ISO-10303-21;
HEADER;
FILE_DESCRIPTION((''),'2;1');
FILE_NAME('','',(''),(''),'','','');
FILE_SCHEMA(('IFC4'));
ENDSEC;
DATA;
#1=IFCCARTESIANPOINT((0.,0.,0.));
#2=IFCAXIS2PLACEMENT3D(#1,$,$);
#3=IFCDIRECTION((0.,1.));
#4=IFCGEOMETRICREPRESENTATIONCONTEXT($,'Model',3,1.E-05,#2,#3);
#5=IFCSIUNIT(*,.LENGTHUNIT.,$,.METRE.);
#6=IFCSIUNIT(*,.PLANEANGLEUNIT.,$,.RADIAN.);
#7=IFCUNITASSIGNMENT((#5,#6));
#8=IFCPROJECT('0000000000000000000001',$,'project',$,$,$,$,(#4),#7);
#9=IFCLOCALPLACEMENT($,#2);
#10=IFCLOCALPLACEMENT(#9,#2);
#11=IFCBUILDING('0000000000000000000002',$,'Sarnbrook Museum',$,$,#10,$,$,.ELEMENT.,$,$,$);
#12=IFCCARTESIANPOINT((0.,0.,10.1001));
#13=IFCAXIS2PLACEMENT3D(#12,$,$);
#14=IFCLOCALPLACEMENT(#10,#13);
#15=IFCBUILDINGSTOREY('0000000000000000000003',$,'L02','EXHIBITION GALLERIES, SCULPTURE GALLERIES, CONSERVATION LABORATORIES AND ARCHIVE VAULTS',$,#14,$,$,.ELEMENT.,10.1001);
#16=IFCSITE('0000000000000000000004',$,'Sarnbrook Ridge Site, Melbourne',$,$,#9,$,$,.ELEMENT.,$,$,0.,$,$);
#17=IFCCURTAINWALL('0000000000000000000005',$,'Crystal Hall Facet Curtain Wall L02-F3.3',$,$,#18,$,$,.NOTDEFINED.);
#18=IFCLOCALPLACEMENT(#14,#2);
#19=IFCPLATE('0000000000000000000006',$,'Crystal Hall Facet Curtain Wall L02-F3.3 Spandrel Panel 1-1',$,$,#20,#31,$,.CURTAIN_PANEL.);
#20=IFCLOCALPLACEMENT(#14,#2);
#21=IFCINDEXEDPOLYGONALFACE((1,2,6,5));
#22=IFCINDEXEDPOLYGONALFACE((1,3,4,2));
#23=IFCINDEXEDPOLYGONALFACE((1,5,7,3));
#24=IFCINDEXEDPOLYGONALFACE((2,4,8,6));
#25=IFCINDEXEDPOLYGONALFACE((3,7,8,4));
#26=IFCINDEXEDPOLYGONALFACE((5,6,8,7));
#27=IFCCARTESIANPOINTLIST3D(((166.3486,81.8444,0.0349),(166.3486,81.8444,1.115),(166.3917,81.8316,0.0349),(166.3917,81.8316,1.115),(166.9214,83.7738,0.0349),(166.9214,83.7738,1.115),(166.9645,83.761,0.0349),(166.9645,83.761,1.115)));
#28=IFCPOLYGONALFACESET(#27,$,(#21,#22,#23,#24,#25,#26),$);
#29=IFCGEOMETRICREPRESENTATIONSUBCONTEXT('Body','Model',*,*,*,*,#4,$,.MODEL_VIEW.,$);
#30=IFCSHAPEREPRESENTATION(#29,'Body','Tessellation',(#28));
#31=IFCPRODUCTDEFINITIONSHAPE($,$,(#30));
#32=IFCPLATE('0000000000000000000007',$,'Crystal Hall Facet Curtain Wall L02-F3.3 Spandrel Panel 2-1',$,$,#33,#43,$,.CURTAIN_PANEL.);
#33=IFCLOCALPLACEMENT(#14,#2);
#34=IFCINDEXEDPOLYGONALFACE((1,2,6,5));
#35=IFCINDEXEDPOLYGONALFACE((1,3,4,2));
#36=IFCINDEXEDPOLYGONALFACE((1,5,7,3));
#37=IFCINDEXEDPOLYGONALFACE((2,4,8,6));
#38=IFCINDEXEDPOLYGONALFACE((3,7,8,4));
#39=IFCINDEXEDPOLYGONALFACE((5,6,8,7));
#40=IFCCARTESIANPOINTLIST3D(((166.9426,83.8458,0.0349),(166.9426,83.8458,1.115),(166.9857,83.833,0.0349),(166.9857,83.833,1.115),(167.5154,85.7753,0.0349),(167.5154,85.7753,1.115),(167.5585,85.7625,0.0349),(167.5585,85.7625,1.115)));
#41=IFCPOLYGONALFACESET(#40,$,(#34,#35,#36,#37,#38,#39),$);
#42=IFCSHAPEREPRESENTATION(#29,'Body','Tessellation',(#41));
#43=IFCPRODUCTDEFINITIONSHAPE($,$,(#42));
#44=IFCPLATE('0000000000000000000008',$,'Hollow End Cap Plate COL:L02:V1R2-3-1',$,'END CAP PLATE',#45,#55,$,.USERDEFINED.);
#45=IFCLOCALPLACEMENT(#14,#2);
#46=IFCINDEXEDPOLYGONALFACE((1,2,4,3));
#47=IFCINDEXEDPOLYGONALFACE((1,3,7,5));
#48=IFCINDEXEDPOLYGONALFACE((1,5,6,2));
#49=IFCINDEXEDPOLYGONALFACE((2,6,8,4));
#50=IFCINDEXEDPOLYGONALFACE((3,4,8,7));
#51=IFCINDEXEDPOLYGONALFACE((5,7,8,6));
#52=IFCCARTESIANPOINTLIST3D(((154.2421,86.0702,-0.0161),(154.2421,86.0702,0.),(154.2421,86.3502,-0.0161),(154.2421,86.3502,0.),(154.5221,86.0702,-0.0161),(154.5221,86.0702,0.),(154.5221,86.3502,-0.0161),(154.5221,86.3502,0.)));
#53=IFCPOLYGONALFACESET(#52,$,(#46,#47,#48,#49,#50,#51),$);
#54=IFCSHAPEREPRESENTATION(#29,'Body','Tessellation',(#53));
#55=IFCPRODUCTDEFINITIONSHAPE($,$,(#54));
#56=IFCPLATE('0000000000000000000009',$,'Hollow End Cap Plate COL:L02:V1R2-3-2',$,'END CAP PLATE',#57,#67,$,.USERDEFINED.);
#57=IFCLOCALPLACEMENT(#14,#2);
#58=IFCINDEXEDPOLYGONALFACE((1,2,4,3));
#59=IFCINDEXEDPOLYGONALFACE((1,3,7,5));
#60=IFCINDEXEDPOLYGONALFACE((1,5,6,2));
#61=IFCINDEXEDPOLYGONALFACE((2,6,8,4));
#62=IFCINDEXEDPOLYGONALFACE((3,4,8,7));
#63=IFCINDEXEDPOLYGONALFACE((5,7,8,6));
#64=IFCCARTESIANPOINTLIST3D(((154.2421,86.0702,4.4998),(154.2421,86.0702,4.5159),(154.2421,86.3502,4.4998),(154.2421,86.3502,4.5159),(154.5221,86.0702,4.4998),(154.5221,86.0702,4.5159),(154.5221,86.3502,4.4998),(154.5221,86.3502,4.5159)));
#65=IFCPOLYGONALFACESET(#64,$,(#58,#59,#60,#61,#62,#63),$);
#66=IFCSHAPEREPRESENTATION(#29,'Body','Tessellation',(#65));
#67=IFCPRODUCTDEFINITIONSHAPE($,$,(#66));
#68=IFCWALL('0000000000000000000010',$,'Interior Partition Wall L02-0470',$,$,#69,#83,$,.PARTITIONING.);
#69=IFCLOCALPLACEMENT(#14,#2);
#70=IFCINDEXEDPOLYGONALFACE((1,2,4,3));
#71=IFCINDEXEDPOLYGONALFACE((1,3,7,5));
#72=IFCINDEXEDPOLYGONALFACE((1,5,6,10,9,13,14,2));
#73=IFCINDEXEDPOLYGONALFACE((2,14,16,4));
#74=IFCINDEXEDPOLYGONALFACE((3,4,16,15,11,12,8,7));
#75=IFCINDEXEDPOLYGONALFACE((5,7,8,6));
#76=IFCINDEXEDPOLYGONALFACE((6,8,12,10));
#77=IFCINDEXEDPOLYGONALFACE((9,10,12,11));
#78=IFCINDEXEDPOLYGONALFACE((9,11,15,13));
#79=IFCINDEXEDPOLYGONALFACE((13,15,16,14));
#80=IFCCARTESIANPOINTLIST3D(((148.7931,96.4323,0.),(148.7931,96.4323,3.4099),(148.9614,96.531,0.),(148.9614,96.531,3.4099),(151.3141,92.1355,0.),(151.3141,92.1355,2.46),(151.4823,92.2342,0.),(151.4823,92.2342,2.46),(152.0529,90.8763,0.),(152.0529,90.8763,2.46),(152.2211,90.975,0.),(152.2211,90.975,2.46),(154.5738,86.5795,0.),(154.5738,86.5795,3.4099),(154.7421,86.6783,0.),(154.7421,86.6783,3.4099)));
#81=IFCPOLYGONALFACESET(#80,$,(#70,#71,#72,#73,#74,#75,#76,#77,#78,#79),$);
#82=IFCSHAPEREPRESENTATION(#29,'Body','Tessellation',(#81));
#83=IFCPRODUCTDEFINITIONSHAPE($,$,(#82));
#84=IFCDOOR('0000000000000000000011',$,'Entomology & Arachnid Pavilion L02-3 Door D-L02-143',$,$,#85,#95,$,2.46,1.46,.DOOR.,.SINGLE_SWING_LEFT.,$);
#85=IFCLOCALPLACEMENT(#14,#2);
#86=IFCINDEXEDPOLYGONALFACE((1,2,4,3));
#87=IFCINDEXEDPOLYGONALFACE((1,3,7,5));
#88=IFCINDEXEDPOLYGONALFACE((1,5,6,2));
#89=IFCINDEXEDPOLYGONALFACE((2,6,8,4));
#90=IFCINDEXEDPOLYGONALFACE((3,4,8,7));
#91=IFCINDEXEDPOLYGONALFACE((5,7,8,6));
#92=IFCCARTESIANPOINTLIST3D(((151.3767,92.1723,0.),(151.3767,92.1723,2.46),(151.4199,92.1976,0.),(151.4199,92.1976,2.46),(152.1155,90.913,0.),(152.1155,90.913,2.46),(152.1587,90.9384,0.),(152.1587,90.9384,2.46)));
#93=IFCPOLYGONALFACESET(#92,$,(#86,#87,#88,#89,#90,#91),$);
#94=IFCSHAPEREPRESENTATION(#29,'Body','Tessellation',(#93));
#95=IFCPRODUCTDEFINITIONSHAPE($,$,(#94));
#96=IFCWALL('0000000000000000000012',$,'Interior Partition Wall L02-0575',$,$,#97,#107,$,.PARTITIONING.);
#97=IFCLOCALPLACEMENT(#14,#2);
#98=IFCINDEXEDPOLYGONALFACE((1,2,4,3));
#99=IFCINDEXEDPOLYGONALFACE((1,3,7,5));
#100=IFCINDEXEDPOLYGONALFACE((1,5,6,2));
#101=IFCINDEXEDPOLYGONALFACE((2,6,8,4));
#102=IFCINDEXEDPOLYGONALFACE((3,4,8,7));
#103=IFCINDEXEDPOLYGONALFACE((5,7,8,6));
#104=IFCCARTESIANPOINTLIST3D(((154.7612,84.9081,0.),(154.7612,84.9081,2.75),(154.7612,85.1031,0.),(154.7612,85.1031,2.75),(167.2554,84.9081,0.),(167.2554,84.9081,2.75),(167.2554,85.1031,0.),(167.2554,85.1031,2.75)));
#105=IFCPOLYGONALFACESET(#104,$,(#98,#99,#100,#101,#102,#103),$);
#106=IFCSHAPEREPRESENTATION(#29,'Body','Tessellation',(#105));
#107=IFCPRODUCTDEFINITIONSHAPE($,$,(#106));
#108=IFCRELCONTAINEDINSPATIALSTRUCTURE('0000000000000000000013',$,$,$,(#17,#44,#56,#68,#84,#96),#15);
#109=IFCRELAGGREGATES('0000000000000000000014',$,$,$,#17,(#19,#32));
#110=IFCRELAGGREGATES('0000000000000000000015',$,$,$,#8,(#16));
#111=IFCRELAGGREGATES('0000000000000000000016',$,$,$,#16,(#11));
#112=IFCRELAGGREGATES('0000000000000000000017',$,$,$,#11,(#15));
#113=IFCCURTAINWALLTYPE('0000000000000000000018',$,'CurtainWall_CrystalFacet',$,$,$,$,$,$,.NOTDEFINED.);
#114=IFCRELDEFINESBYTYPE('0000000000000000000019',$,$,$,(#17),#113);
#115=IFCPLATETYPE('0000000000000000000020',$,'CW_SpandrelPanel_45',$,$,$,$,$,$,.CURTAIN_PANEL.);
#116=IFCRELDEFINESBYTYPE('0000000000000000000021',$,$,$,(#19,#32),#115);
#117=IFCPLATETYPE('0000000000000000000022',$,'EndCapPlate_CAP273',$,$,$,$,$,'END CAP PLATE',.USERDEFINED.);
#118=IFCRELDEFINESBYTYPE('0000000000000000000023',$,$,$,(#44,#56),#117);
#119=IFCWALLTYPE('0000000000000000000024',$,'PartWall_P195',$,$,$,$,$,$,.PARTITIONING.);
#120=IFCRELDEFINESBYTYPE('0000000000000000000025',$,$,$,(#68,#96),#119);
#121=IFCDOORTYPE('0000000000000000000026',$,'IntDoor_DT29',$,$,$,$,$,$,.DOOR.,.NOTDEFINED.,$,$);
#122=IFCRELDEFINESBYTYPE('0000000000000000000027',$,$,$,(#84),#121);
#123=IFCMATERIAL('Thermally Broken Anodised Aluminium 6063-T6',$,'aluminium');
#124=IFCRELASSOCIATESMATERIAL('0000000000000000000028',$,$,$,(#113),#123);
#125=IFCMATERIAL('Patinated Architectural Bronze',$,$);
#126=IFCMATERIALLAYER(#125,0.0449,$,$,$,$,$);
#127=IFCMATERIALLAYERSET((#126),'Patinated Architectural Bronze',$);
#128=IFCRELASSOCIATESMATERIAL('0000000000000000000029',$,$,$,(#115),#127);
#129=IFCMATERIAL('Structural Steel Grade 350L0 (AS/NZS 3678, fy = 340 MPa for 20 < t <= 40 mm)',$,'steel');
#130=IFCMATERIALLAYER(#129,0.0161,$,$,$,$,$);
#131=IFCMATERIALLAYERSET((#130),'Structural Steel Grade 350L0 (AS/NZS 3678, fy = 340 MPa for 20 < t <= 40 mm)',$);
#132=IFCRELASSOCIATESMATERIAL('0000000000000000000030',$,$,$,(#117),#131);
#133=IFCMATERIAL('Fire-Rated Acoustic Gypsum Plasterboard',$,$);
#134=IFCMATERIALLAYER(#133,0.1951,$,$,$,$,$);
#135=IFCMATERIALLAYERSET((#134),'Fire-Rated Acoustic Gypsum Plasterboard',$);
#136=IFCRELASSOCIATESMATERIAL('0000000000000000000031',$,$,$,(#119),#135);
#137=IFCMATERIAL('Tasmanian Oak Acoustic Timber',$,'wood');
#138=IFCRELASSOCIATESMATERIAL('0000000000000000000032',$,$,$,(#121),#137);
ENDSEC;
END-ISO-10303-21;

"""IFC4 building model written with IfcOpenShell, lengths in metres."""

from ifc_helpers import new_model, si_unit, direction, frame, frame_2d, origin, origin_2d, place, context, subcontext, project, spatial, rectangle, extrude, material, layer, layer_set, type_object, element, fill, aggregate, save


model = new_model("IFC4")

# Units and contexts
model_context = context("Model", 3, precision=1e-05, world=origin(), true_north=direction((0.0, 1.0)))
body_context = subcontext(model_context, "Body", "Model", "MODEL_VIEW")
ifc_project = project(units=[si_unit("LENGTHUNIT", "METRE"), si_unit("PLANEANGLEUNIT", "RADIAN")], contexts=[model_context])

# Site, building, storey
site_placement = place(None, origin())
site = spatial("IfcSite", under=ifc_project, at=site_placement, Name="Sarnbrook Ridge Site, Melbourne", CompositionType="ELEMENT", RefElevation=0.0)
building_placement = place(site_placement, origin())
building = spatial("IfcBuilding", under=site, at=building_placement, Name="Sarnbrook Museum", CompositionType="ELEMENT")
storey_placement = place(building_placement, frame((0.0, 0.0, 10.1001)))
storey = spatial("IfcBuildingStorey", under=building, at=storey_placement, Name="L02", Description="EXHIBITION GALLERIES, SCULPTURE GALLERIES, CONSERVATION LABORATORIES AND ARCHIVE VAULTS", CompositionType="ELEMENT", Elevation=10.1001)

# Shared definitions
ifc_material_1 = material(Name="Structural Steel Grade 350L0 (AS/NZS 3678, fy = 340 MPa for 20 < t <= 40 mm)", Category="steel")

# Curtain wall
ifc_material_2 = material(Name="Thermally Broken Anodised Aluminium 6063-T6", Category="aluminium")
curtain_wall_type = type_object("IfcCurtainWallType", Name="CurtainWall_CrystalFacet", PredefinedType="NOTDEFINED", material=ifc_material_2)
curtain_wall_1_placement = place(storey_placement, origin())
curtain_wall_1 = element("IfcCurtainWall", 1, at=curtain_wall_1_placement, inside=storey, type_object=curtain_wall_type, Name="Crystal Hall Facet Curtain Wall L02-F3.3", PredefinedType="NOTDEFINED")

# Plates
ifc_material_3 = material(Name="Patinated Architectural Bronze")
ifc_layer_1 = layer(ifc_material_3, 0.0449)
ifc_layer_set_1 = layer_set([ifc_layer_1], Name="Patinated Architectural Bronze")
plate_type_1 = type_object("IfcPlateType", Name="CW_SpandrelPanel_45", PredefinedType="CURTAIN_PANEL", material=ifc_layer_set_1)
plate_1_placement = place(storey_placement, frame((166.635, 82.8091, 0.575), z_axis=(0.958646, -0.284601, 0.0), x_axis=(0.284601, 0.958646, 0.0)))
plate_1 = element("IfcPlate", 2, at=plate_1_placement, type_object=plate_type_1, Name="Crystal Hall Facet Curtain Wall L02-F3.3 Spandrel Panel 1-1", PredefinedType="CURTAIN_PANEL", context=body_context, shape_type="SweptSolid", body=[
    extrude(rectangle(XDim=2.0127, YDim=1.0801, at=origin_2d()), origin(), (0.0, 0.0, 1.0), 0.0449),
])
plate_2_placement = place(storey_placement, frame((167.229, 84.8105, 0.575), z_axis=(0.958646, -0.284601, 0.0), x_axis=(0.284601, 0.958646, 0.0)))
plate_2 = element("IfcPlate", 3, at=plate_2_placement, type_object=plate_type_1, Name="Crystal Hall Facet Curtain Wall L02-F3.3 Spandrel Panel 2-1", PredefinedType="CURTAIN_PANEL", context=body_context, shape_type="SweptSolid", body=[
    extrude(rectangle(XDim=2.0127, YDim=1.0801, at=origin_2d()), origin(), (0.0, 0.0, 1.0), 0.0449),
])
aggregate(curtain_wall_1, [plate_1, plate_2])

# Plates
ifc_layer_2 = layer(ifc_material_1, 0.0161)
ifc_layer_set_2 = layer_set([ifc_layer_2], Name="Structural Steel Grade 350L0 (AS/NZS 3678, fy = 340 MPa for 20 < t <= 40 mm)")
plate_type_2 = type_object("IfcPlateType", Name="EndCapPlate_CAP273", ElementType="END CAP PLATE", PredefinedType="USERDEFINED", material=ifc_layer_set_2)
for number, where, z_axis, x_axis, name in (
    (4, (154.3821, 86.2102, -0.0161), (0.0, 0.0, 1.0), (1.0, 0.0, 0.0), "Hollow End Cap Plate COL:L02:V1R2-3-1"),
    (5, (154.3821, 86.2102, 4.4998), (0.0, 0.0, 1.0), (1.0, 0.0, 0.0), "Hollow End Cap Plate COL:L02:V1R2-3-2"),
):
    element("IfcPlate", number, at=place(storey_placement, frame(where, z_axis=z_axis, x_axis=x_axis)), inside=storey, type_object=plate_type_2, Name=name, ObjectType="END CAP PLATE", PredefinedType="USERDEFINED", context=body_context, shape_type="SweptSolid", body=[
        extrude(rectangle(XDim=0.28, YDim=0.28, at=origin_2d()), origin(), (0.0, 0.0, 1.0), 0.0161),
    ])

# Wall, opening, door
ifc_material_4 = material(Name="Fire-Rated Acoustic Gypsum Plasterboard")
ifc_layer_3 = layer(ifc_material_4, 0.1951)
ifc_layer_set_3 = layer_set([ifc_layer_3], Name="Fire-Rated Acoustic Gypsum Plasterboard")
wall_type = type_object("IfcWallType", Name="PartWall_P195", PredefinedType="PARTITIONING", material=ifc_layer_set_3)
wall_1_placement = place(storey_placement, frame((154.658, 86.6289, 0.0), z_axis=(0.0, 0.0, 1.0), x_axis=(-0.506045, 0.862507, 0.0)))
wall_1 = element("IfcWall", 6, at=wall_1_placement, inside=storey, type_object=wall_type, Name="Interior Partition Wall L02-0470", PredefinedType="PARTITIONING", context=body_context, shape_type="SweptSolid", body=[
    extrude(rectangle(XDim=11.4233, YDim=0.1951, at=frame_2d((5.7117, 0.0))), origin(), (0.0, 0.0, 1.0), 3.4099),
])
opening_placement = place(wall_1_placement, frame((4.9817, 0.0, 0.0)))
opening = element("IfcOpeningElement", 7, at=opening_placement, cuts=wall_1, PredefinedType="OPENING", context=body_context, shape_type="SweptSolid", body=[
    extrude(rectangle(XDim=1.46, YDim=2.46, at=frame_2d((0.73, 1.23))), frame((0.0, 0.1074, 0.0), z_axis=(0.0, -1.0, 0.0), x_axis=(1.0, 0.0, 0.0)), (0.0, 0.0, 1.0), 0.2151),
])
ifc_material_5 = material(Name="Tasmanian Oak Acoustic Timber", Category="wood")
door_type = type_object("IfcDoorType", Name="IntDoor_DT29", OperationType="NOTDEFINED", PredefinedType="DOOR", material=ifc_material_5)
door_placement = place(opening_placement, origin())
door = element("IfcDoor", 8, at=door_placement, inside=storey, type_object=door_type, Name="Entomology & Arachnid Pavilion L02-3 Door D-L02-143", OperationType="SINGLE_SWING_LEFT", OverallHeight=2.46, OverallWidth=1.46, PredefinedType="DOOR", context=body_context, shape_type="SweptSolid", body=[
    extrude(rectangle(XDim=1.46, YDim=2.46, at=frame_2d((0.73, 1.23))), frame((0.0, 0.0249, 0.0), z_axis=(0.0, -1.0, 0.0), x_axis=(1.0, 0.0, 0.0)), (0.0, 0.0, 1.0), 0.05),
])
fill(opening, door)

# Wall
wall_2_placement = place(storey_placement, frame((167.2554, 85.0056, 0.0), z_axis=(0.0, 0.0, 1.0), x_axis=(-1.0, 0.0, 0.0)))
element("IfcWall", 9, at=wall_2_placement, inside=storey, type_object=wall_type, Name="Interior Partition Wall L02-0575", PredefinedType="PARTITIONING", context=body_context, shape_type="SweptSolid", body=[
    extrude(rectangle(XDim=12.4941, YDim=0.1951, at=frame_2d((6.2471, 0.0))), origin(), (0.0, 0.0, 1.0), 2.75),
])

save(model, "model.ifc")
